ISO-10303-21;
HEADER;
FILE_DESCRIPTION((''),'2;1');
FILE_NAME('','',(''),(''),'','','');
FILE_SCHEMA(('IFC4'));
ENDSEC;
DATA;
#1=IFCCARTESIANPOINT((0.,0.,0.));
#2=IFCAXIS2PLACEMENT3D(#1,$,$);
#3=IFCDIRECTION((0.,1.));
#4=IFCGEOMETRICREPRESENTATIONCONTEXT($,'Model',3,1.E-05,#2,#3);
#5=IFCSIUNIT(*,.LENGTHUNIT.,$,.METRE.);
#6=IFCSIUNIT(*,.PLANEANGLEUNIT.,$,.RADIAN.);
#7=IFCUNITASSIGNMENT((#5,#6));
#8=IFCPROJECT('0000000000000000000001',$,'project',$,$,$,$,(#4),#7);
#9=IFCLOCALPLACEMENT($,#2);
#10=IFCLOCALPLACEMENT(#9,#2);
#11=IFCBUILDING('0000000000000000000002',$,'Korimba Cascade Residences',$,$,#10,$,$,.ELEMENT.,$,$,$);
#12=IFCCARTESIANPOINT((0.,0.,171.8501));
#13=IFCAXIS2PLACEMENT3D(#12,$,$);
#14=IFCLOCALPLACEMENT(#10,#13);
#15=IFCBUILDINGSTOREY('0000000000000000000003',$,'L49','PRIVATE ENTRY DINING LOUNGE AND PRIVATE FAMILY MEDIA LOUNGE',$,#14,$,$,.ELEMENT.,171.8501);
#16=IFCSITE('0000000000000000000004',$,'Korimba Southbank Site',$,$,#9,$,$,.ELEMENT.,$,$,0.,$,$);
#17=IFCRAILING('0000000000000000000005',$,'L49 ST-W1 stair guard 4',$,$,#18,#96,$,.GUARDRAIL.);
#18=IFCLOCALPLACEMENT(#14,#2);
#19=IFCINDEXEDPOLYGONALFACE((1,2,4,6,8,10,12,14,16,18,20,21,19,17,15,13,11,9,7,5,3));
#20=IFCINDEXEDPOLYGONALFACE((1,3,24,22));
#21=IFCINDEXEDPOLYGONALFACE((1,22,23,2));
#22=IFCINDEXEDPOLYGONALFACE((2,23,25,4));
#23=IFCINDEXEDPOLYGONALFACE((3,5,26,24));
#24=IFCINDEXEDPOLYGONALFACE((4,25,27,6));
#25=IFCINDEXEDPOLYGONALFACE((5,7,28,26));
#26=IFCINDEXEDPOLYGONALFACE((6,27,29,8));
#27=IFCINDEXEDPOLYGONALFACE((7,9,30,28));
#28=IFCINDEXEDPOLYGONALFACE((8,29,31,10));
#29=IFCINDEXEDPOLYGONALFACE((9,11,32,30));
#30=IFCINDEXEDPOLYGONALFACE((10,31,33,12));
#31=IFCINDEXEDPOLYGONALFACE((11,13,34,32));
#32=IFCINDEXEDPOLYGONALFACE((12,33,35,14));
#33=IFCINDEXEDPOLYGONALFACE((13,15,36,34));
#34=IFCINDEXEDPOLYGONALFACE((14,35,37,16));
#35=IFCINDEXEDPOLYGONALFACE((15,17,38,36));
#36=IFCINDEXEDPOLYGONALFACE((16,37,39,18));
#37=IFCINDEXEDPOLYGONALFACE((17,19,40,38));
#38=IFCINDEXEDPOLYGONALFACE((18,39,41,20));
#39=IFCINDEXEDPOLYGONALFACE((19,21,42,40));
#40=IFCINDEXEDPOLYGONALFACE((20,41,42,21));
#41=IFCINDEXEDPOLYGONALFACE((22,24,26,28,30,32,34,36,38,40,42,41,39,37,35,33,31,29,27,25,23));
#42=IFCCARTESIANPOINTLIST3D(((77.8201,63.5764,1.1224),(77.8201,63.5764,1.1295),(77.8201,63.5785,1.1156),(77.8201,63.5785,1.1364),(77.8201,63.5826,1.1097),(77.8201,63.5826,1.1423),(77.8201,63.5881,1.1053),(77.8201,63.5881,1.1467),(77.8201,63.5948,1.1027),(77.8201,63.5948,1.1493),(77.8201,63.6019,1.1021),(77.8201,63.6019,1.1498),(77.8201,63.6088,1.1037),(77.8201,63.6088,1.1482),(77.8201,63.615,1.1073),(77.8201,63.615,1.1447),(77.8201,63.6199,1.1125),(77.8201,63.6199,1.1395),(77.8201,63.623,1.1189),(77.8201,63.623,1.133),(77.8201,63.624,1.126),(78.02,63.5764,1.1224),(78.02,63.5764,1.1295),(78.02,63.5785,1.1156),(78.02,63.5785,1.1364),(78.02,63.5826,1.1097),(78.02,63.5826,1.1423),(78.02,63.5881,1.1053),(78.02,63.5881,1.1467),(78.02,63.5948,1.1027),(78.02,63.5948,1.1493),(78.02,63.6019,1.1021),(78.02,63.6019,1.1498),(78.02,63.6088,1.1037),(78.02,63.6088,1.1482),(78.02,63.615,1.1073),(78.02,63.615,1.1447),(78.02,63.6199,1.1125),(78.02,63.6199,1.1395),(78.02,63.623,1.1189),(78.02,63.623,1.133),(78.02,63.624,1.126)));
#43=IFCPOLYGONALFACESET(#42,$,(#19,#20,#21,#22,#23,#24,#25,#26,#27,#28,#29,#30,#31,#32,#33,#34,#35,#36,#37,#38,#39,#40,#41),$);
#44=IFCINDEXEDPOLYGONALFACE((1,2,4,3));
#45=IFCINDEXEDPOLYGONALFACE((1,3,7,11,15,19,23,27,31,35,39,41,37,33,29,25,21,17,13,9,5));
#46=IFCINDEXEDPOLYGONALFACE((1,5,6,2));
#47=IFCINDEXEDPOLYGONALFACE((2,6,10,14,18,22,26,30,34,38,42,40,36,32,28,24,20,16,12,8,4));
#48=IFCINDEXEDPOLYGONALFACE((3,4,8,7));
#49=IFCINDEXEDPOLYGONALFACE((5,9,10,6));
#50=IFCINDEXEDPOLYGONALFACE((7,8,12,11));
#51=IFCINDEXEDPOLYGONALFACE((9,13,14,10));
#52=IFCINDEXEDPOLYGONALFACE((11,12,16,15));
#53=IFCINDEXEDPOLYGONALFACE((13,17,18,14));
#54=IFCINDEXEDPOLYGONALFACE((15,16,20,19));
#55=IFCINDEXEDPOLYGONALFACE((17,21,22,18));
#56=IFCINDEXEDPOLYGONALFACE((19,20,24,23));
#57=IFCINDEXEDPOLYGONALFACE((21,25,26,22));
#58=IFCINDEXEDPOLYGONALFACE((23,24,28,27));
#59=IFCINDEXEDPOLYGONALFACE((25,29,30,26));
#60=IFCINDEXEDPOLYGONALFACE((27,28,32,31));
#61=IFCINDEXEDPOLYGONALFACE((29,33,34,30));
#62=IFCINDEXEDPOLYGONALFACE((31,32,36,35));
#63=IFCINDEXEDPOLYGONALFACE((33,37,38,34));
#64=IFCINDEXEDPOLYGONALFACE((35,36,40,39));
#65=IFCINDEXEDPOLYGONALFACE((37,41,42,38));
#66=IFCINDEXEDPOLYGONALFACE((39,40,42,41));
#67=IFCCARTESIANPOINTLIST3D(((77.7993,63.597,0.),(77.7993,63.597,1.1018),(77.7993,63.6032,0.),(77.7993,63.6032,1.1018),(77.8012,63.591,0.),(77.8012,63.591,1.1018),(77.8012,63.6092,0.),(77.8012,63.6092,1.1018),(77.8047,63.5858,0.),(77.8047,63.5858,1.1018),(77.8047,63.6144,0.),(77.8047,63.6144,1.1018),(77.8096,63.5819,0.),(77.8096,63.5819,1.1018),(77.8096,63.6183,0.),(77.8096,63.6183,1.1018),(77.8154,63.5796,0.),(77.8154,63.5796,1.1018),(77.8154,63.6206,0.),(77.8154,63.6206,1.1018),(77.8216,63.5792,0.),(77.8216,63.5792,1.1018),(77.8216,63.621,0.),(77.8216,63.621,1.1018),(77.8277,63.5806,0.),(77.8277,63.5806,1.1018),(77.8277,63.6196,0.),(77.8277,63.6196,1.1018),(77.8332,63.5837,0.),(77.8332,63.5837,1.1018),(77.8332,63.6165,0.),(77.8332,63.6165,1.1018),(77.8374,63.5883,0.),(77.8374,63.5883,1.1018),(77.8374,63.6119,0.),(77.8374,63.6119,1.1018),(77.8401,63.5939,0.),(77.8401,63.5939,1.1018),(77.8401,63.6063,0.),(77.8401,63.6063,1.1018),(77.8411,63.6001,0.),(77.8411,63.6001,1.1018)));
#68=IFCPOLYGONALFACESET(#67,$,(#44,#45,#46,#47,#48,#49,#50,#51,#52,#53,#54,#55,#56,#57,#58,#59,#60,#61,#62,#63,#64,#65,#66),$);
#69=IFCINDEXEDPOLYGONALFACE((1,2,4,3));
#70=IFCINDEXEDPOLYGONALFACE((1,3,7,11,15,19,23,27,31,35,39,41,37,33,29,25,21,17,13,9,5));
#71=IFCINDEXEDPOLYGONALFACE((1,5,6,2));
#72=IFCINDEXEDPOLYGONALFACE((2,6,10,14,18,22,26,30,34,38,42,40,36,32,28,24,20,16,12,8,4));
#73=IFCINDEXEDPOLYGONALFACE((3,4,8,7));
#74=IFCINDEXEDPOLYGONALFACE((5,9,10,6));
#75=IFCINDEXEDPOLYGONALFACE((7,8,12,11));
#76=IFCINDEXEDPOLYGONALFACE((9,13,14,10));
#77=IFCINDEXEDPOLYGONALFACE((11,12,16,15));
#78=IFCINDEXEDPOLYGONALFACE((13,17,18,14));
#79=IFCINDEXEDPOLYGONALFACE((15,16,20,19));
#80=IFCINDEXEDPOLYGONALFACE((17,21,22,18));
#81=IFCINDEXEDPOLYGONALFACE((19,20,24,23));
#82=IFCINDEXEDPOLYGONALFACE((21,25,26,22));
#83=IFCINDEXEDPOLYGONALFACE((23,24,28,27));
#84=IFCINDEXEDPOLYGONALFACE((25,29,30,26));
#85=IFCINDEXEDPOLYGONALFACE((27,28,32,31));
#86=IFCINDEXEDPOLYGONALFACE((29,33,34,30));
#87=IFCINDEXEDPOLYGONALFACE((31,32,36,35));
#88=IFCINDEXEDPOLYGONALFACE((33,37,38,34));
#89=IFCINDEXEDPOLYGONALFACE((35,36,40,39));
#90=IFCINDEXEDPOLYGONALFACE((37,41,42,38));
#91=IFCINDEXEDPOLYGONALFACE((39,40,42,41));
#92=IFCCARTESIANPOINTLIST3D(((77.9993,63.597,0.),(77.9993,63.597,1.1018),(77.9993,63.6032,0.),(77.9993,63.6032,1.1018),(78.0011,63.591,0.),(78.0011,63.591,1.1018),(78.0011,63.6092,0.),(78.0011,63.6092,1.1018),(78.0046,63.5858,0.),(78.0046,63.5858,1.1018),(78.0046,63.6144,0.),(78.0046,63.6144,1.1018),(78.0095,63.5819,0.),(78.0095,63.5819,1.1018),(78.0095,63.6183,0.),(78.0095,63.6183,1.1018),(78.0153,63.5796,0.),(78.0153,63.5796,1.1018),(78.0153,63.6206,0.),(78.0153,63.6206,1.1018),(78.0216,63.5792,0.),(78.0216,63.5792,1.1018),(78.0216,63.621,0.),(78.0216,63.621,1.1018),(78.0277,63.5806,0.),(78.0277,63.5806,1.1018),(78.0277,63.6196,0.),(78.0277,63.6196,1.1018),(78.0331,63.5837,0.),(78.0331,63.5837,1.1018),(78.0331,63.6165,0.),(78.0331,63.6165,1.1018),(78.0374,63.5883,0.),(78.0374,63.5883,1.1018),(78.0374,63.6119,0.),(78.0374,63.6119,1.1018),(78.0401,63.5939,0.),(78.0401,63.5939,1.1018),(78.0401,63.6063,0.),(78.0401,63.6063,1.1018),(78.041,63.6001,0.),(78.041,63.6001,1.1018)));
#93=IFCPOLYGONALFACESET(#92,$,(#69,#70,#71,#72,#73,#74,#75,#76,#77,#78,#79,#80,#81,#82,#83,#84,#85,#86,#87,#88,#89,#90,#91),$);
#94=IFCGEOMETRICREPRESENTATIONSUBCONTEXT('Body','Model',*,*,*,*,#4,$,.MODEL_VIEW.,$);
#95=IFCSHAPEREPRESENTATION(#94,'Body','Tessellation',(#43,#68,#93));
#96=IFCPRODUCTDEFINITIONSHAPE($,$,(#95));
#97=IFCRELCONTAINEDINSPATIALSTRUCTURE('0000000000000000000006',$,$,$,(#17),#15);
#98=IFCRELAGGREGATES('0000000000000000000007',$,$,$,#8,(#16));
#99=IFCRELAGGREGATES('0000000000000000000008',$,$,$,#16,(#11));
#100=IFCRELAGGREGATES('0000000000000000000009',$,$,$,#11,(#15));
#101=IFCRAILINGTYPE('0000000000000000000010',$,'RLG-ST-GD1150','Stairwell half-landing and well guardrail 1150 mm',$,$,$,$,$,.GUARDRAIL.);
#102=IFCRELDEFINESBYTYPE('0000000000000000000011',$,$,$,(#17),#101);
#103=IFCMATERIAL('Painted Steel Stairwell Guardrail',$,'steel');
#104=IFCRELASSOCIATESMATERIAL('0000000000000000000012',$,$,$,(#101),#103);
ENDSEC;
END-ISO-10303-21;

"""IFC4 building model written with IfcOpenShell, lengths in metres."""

from ifc_helpers import new_model, si_unit, direction, frame, origin, origin_2d, place, context, subcontext, project, spatial, circle, extrude, material, type_object, element, save


model = new_model("IFC4")

# Units and contexts
model_context = context("Model", 3, precision=1e-05, world=origin(), true_north=direction((0.0, 1.0)))
body_context = subcontext(model_context, "Body", "Model", "MODEL_VIEW")
ifc_project = project(units=[si_unit("LENGTHUNIT", "METRE"), si_unit("PLANEANGLEUNIT", "RADIAN")], contexts=[model_context])

# Site, building, storey
site_placement = place(None, origin())
site = spatial("IfcSite", under=ifc_project, at=site_placement, Name="Korimba Southbank Site", CompositionType="ELEMENT", RefElevation=0.0)
building_placement = place(site_placement, origin())
building = spatial("IfcBuilding", under=site, at=building_placement, Name="Korimba Cascade Residences", CompositionType="ELEMENT")
storey_placement = place(building_placement, frame((0.0, 0.0, 171.8501)))
storey = spatial("IfcBuildingStorey", under=building, at=storey_placement, Name="L49", Description="PRIVATE ENTRY DINING LOUNGE AND PRIVATE FAMILY MEDIA LOUNGE", CompositionType="ELEMENT", Elevation=171.8501)

# Railing
ifc_material_1 = material(Name="Painted Steel Stairwell Guardrail", Category="steel")
railing_type_1 = type_object("IfcRailingType", Name="RLG-ST-GD1150", Description="Stairwell half-landing and well guardrail 1150 mm", PredefinedType="GUARDRAIL", material=ifc_material_1)
railing_1_placement = place(storey_placement, frame((77.8201, 63.6001, 0.0)))
element("IfcRailing", 1, at=railing_1_placement, inside=storey, type_object=railing_type_1, Name="L49 ST-W1 stair guard 4", PredefinedType="GUARDRAIL", context=body_context, shape_type="SweptSolid", body=[
    extrude(circle(Radius=0.0239, at=origin_2d()), frame((0.0, 0.0, 1.126), z_axis=(1.0, 0.0, 0.0), x_axis=(0.0, 1.0, 0.0)), (0.0, 0.0, 1.0), 0.2),
    extrude(circle(Radius=0.021, at=origin_2d()), origin(), (0.0, 0.0, 1.0), 1.1018),
    extrude(circle(Radius=0.021, at=origin_2d()), frame((0.2, 0.0, 0.0)), (0.0, 0.0, 1.0), 1.1018),
])

save(model, "model.ifc")
